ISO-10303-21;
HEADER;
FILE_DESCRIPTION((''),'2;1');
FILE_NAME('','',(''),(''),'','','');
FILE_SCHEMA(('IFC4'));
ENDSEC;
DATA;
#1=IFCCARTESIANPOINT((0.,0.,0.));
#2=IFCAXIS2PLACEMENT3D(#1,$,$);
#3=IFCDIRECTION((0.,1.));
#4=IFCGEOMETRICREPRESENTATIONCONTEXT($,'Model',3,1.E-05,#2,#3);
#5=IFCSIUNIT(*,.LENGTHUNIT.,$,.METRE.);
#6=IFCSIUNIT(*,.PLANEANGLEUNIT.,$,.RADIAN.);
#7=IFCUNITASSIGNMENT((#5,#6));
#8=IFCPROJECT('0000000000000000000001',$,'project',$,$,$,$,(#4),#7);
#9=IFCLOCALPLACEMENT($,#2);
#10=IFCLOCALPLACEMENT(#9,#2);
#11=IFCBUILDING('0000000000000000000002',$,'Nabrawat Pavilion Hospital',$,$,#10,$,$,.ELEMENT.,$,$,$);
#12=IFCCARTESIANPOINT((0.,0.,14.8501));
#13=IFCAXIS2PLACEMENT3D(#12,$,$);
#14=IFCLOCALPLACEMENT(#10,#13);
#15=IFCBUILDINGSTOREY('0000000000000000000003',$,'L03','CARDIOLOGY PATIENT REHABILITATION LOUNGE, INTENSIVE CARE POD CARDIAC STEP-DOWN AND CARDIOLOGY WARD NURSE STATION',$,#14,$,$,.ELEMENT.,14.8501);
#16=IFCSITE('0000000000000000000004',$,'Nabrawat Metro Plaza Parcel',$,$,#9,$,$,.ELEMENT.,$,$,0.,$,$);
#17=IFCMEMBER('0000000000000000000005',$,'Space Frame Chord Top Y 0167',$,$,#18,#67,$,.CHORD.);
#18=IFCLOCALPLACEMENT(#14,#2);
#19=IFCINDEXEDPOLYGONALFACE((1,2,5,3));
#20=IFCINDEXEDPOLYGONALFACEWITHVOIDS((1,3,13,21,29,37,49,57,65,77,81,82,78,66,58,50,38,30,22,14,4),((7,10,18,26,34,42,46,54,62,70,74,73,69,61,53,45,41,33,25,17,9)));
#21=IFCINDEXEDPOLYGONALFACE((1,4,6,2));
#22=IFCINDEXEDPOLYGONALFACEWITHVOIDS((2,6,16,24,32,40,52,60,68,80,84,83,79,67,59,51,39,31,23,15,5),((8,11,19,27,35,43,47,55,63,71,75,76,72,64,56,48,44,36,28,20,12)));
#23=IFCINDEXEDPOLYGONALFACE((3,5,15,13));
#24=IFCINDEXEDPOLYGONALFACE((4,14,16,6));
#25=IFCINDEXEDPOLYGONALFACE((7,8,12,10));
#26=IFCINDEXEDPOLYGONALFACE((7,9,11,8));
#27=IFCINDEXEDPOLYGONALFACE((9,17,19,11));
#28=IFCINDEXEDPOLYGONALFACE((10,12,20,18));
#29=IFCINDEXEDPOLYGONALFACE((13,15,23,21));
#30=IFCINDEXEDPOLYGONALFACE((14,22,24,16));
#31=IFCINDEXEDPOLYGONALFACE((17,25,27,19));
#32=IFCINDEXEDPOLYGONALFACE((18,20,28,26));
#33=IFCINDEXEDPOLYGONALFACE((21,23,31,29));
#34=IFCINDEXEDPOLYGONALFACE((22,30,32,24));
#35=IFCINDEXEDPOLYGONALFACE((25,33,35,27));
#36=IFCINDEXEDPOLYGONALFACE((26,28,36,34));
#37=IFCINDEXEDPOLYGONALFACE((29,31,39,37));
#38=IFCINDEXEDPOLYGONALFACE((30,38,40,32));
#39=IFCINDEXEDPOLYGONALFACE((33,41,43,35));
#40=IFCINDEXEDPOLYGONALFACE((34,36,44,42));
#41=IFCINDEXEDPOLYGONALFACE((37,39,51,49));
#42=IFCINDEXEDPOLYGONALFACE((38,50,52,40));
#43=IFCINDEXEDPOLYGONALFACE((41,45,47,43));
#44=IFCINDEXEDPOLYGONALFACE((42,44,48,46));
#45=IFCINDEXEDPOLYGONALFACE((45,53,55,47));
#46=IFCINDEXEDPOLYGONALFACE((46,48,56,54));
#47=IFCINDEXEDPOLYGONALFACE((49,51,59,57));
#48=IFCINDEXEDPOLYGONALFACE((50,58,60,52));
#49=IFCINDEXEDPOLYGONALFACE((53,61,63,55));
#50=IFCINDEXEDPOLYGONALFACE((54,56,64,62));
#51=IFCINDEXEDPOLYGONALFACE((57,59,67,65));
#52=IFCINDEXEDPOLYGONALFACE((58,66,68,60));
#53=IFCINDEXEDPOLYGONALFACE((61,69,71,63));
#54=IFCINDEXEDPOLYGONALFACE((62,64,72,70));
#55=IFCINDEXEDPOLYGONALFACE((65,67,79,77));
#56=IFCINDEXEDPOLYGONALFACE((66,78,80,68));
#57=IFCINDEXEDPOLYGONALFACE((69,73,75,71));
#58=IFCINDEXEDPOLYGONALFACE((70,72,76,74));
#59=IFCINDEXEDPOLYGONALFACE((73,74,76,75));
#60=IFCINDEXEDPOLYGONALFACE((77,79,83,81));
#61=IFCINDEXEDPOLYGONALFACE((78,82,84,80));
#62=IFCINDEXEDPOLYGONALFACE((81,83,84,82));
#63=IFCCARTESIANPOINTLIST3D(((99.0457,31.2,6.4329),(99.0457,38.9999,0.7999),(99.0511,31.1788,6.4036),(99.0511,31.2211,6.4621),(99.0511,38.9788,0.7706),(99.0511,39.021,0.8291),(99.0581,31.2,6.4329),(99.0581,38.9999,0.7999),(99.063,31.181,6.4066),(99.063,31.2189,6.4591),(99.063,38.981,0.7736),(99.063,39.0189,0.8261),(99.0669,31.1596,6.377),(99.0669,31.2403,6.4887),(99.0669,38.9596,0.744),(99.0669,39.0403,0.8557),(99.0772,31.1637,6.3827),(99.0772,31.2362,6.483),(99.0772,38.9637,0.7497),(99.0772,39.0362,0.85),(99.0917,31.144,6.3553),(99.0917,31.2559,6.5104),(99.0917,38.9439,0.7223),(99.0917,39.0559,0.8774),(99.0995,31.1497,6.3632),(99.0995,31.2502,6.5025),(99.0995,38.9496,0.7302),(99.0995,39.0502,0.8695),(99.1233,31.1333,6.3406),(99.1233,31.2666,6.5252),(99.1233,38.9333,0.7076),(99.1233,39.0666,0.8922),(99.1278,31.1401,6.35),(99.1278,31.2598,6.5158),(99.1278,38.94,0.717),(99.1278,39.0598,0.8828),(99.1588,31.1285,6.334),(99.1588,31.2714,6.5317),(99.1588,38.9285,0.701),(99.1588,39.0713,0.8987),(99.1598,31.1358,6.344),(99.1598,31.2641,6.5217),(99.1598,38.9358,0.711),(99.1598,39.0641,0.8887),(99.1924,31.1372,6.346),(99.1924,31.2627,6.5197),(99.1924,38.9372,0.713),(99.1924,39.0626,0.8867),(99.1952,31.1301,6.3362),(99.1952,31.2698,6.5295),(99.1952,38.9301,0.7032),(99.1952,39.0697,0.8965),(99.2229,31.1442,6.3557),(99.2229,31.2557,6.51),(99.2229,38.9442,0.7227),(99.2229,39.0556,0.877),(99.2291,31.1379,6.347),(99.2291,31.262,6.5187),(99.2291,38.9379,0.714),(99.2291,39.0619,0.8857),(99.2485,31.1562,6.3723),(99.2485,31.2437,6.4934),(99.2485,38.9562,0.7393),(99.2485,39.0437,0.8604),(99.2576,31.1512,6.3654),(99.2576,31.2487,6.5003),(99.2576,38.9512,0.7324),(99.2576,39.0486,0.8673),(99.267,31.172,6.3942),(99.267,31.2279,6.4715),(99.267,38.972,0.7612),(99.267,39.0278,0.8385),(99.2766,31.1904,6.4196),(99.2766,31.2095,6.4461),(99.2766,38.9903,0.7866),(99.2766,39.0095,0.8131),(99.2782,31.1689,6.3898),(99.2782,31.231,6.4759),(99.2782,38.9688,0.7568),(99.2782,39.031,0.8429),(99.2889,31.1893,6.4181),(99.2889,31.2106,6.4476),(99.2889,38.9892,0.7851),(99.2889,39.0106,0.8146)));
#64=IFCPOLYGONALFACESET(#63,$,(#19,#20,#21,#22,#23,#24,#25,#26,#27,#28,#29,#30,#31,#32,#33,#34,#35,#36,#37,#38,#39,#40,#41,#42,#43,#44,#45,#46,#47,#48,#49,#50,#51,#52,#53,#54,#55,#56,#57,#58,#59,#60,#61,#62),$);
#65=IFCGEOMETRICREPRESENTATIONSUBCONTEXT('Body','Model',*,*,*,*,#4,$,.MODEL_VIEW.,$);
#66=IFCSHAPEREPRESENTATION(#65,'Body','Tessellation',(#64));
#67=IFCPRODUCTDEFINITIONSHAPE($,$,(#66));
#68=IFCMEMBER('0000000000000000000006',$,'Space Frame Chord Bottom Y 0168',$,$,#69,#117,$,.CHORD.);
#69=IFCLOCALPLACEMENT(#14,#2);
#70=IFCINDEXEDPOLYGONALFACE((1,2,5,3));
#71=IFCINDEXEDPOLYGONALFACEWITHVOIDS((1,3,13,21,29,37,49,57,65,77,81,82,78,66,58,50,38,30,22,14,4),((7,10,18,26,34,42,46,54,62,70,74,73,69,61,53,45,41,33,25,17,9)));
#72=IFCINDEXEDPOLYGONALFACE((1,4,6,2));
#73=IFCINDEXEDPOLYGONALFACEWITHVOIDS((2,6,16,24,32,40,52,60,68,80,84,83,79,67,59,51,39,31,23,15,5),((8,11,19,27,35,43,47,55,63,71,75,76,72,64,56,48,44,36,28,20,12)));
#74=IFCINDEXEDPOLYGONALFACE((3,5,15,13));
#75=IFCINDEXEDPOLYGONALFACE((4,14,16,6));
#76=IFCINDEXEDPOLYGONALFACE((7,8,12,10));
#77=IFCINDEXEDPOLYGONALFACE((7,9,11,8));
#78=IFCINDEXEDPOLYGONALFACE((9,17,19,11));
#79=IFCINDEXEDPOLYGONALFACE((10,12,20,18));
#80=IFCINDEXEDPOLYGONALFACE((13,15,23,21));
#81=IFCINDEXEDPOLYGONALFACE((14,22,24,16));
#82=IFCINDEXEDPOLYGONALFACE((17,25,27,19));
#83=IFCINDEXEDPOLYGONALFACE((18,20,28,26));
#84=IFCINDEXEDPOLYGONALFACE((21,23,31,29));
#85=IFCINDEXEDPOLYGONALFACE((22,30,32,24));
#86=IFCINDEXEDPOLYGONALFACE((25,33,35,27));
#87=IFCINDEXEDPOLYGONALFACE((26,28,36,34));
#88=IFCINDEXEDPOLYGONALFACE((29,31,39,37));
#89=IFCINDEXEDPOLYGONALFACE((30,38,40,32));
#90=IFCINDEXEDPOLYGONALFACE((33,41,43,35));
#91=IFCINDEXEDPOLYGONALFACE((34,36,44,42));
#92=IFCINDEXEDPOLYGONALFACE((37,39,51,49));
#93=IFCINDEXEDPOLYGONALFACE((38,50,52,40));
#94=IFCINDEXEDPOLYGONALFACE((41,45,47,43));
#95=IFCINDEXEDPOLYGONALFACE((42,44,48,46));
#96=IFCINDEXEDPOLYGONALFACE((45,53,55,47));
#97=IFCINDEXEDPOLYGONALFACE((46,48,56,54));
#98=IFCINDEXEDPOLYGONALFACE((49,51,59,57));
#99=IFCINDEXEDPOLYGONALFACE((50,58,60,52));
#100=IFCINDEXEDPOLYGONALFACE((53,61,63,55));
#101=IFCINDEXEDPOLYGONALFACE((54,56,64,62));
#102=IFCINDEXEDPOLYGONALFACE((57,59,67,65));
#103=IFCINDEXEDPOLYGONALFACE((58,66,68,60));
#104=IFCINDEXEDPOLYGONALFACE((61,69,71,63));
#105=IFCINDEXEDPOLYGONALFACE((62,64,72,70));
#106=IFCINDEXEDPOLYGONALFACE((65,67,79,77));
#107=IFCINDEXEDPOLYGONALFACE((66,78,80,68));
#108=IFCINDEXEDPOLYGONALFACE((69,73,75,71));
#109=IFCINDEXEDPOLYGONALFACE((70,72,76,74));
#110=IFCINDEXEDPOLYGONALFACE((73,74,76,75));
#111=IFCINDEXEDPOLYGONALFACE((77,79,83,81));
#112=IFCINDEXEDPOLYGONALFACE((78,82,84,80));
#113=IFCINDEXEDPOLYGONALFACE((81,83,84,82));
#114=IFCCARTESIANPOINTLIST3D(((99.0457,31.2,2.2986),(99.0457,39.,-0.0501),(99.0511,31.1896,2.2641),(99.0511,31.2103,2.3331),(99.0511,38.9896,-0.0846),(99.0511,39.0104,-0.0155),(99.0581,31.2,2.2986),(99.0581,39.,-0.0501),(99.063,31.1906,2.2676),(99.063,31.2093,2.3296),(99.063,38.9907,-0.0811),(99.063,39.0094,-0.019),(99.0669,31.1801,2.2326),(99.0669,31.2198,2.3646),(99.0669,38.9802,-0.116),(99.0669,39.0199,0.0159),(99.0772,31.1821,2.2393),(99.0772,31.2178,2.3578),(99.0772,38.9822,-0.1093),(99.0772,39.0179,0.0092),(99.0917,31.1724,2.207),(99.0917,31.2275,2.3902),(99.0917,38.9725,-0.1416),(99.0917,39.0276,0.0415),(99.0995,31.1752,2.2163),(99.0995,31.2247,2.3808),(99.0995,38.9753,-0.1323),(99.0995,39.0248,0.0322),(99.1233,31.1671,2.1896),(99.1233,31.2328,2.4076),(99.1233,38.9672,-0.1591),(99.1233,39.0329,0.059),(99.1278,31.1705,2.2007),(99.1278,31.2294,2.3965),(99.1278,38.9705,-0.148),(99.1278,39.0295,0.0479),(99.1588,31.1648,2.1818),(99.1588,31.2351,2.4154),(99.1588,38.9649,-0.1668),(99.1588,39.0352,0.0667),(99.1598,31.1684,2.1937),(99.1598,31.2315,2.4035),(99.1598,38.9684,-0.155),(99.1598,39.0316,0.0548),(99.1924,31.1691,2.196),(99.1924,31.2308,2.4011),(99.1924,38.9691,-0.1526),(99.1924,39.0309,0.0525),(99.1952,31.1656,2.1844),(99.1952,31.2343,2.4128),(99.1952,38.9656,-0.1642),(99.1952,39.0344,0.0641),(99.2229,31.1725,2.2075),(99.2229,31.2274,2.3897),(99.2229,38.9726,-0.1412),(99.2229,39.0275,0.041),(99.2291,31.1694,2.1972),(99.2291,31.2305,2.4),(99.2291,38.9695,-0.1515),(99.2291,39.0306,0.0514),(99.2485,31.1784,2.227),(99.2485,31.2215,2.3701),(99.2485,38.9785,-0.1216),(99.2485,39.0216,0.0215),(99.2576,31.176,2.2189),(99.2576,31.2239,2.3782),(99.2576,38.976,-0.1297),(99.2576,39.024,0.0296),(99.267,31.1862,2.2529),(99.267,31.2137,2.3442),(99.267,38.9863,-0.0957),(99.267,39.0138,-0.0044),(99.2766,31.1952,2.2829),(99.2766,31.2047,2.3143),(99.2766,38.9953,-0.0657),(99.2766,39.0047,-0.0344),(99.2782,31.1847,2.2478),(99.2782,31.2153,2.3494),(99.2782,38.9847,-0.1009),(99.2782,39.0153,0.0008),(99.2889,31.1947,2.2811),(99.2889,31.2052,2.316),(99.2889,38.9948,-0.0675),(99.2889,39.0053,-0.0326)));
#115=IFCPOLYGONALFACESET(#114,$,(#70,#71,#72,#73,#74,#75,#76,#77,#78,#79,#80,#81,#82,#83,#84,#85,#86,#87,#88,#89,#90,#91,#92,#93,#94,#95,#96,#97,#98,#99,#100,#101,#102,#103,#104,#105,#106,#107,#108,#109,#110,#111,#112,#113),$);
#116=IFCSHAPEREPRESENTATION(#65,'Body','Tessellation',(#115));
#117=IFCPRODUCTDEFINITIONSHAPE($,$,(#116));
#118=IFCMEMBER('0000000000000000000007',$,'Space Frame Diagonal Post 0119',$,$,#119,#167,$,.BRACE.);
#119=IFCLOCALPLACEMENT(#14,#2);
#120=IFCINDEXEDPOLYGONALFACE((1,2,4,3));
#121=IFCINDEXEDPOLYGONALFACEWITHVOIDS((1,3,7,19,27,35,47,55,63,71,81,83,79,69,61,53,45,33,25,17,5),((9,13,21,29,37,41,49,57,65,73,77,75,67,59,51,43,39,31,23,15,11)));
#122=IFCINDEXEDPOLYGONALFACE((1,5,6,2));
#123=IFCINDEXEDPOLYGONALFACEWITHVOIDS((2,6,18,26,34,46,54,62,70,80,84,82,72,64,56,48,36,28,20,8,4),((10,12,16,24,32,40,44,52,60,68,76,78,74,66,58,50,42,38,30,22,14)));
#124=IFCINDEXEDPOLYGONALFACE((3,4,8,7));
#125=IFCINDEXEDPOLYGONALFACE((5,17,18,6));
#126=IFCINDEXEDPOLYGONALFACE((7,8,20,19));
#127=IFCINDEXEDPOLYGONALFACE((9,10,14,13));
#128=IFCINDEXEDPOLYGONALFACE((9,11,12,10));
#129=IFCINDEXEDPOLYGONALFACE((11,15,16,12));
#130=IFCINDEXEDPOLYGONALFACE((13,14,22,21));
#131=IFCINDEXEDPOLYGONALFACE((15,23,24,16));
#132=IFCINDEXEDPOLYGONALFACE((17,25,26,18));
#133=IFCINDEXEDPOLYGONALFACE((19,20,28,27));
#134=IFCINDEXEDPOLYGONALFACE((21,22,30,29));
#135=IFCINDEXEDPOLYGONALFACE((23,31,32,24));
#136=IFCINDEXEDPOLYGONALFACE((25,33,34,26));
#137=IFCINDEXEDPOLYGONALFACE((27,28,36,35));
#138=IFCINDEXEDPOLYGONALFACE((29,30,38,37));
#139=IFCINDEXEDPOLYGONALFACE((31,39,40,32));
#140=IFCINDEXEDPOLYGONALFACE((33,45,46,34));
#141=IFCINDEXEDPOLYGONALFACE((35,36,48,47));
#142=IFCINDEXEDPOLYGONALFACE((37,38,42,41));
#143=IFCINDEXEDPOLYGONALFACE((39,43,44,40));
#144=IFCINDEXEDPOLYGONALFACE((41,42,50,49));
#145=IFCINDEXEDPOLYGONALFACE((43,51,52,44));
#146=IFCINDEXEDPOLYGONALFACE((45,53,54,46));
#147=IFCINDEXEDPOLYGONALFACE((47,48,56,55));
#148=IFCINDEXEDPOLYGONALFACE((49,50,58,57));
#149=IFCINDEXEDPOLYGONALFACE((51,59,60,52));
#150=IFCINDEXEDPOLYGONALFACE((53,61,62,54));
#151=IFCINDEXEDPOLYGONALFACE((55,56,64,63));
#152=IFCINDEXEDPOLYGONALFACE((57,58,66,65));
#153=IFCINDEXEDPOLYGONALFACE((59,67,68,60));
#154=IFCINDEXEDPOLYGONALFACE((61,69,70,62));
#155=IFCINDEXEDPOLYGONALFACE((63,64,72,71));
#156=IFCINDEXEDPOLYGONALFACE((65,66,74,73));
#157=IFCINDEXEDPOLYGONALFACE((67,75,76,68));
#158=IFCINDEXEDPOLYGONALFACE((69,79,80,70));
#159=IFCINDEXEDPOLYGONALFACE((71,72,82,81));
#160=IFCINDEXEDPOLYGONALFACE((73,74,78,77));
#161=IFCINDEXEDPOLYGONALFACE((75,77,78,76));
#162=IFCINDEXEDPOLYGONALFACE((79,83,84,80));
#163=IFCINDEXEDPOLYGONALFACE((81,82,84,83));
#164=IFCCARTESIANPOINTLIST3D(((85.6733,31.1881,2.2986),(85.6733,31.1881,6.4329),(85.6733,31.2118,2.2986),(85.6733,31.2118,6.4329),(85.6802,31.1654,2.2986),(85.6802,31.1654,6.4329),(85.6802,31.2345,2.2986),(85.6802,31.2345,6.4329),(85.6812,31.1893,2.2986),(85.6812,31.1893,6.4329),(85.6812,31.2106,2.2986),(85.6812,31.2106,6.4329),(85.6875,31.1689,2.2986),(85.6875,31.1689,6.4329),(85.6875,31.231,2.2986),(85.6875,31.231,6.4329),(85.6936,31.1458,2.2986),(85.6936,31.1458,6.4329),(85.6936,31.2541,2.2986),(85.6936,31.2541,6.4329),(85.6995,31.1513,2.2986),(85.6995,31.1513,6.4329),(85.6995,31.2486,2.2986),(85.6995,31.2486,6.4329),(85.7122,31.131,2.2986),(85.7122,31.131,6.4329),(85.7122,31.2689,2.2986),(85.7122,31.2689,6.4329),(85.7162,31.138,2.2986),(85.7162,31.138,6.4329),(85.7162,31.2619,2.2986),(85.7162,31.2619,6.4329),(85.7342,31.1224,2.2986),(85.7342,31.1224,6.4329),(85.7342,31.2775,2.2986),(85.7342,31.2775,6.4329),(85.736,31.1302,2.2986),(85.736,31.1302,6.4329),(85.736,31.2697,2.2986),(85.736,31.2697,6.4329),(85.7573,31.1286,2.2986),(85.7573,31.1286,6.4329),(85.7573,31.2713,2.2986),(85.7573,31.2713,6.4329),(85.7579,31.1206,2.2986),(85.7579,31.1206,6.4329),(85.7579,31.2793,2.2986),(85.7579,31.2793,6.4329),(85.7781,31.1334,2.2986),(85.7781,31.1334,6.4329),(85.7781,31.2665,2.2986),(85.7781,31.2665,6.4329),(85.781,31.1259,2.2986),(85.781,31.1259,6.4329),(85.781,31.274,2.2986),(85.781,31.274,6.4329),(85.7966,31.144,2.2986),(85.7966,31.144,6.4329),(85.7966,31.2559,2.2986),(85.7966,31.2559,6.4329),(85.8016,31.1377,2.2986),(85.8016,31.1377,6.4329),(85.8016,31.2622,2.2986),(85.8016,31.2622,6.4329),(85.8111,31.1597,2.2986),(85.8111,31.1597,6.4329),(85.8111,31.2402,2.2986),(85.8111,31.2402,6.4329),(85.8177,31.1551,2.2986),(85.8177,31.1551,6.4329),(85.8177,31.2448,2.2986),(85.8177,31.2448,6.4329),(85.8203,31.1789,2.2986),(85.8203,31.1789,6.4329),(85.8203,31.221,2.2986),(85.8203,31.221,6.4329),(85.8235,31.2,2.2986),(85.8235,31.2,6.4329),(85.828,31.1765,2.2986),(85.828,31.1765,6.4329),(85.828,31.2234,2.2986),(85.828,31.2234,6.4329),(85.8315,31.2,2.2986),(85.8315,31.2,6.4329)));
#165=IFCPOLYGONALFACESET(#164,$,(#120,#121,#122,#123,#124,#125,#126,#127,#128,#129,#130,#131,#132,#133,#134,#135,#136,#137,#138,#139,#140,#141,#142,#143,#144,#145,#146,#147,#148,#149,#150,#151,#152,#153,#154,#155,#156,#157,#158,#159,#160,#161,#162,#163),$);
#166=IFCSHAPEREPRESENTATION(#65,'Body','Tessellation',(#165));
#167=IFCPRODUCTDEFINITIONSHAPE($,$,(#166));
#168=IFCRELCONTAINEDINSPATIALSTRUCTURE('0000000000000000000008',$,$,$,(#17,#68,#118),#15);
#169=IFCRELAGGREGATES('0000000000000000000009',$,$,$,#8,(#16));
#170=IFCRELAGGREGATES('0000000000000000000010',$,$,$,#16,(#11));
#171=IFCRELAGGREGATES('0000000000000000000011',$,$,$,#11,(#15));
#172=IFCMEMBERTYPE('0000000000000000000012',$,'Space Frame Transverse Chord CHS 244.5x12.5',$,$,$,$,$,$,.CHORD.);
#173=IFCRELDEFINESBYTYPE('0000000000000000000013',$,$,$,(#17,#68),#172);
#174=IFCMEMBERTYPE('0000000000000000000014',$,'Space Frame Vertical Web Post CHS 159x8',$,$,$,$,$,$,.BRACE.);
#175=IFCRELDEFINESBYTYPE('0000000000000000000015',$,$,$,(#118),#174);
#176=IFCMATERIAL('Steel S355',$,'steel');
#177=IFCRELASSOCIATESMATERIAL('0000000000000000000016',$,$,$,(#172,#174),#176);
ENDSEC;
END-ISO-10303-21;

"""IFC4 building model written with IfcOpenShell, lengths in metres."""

from ifc_helpers import new_model, si_unit, direction, frame, origin, origin_2d, place, context, subcontext, project, spatial, hollow_circle, extrude, material, material_profile, profile_set, type_object, element, save


model = new_model("IFC4")

# Units and contexts
model_context = context("Model", 3, precision=1e-05, world=origin(), true_north=direction((0.0, 1.0)))
body_context = subcontext(model_context, "Body", "Model", "MODEL_VIEW")
ifc_project = project(units=[si_unit("LENGTHUNIT", "METRE"), si_unit("PLANEANGLEUNIT", "RADIAN")], contexts=[model_context])

# Site, building, storey
site_placement = place(None, origin())
site = spatial("IfcSite", under=ifc_project, at=site_placement, Name="Nabrawat Metro Plaza Parcel", CompositionType="ELEMENT", RefElevation=0.0)
building_placement = place(site_placement, origin())
building = spatial("IfcBuilding", under=site, at=building_placement, Name="Nabrawat Pavilion Hospital", CompositionType="ELEMENT")
storey_placement = place(building_placement, frame((0.0, 0.0, 14.8501)))
storey = spatial("IfcBuildingStorey", under=building, at=storey_placement, Name="L03", Description="CARDIOLOGY PATIENT REHABILITATION LOUNGE, INTENSIVE CARE POD CARDIAC STEP-DOWN AND CARDIOLOGY WARD NURSE STATION", CompositionType="ELEMENT", Elevation=14.8501)

# Members
ifc_material = material(Name="Steel S355", Category="steel")
ifc_material_profile_1 = material_profile(ifc_material, hollow_circle(Radius=0.1223, WallThickness=0.0125, at=origin_2d()), Name="CHS 244.5x12.5")
ifc_profile_set_1 = profile_set([ifc_material_profile_1], Name="Steel S355")
member_type_1 = type_object("IfcMemberType", Name="Space Frame Transverse Chord CHS 244.5x12.5", PredefinedType="CHORD", material=ifc_profile_set_1)
member_1_placement = place(storey_placement, frame((99.168, 31.2, 6.4329), z_axis=(0.0, 0.810695, -0.585469), x_axis=(-1.0, 0.0, 0.0)))
element("IfcMember", 1, at=member_1_placement, inside=storey, type_object=member_type_1, Name="Space Frame Chord Top Y 0167", PredefinedType="CHORD", context=body_context, shape_type="SweptSolid", body=[
    extrude(hollow_circle(Radius=0.1223, WallThickness=0.0125, at=origin_2d()), origin(), (0.0, 0.0, 1.0), 9.6213),
])
member_2_placement = place(storey_placement, frame((99.168, 31.2, 2.2986), z_axis=(0.0, 0.957535, -0.288318), x_axis=(-1.0, 0.0, 0.0)))
element("IfcMember", 2, at=member_2_placement, inside=storey, type_object=member_type_1, Name="Space Frame Chord Bottom Y 0168", PredefinedType="CHORD", context=body_context, shape_type="SweptSolid", body=[
    extrude(hollow_circle(Radius=0.1223, WallThickness=0.0125, at=origin_2d()), origin(), (0.0, 0.0, 1.0), 8.146),
])
ifc_material_profile_2 = material_profile(ifc_material, hollow_circle(Radius=0.0796, WallThickness=0.0081, at=origin_2d()), Name="CHS 159x8")
ifc_profile_set_2 = profile_set([ifc_material_profile_2], Name="Steel S355")
member_type_2 = type_object("IfcMemberType", Name="Space Frame Vertical Web Post CHS 159x8", PredefinedType="BRACE", material=ifc_profile_set_2)
for number, where, z_axis, x_axis, name in (
    (3, (85.752, 31.2, 2.2986), (0.0, 0.0, 1.0), (1.0, 0.0, 0.0), "Space Frame Diagonal Post 0119"),
):
    element("IfcMember", number, at=place(storey_placement, frame(where, z_axis=z_axis, x_axis=x_axis)), inside=storey, type_object=member_type_2, Name=name, PredefinedType="BRACE", context=body_context, shape_type="SweptSolid", body=[
        extrude(hollow_circle(Radius=0.0796, WallThickness=0.0081, at=origin_2d()), origin(), (0.0, 0.0, 1.0), 4.1343),
    ])

save(model, "model.ifc")
